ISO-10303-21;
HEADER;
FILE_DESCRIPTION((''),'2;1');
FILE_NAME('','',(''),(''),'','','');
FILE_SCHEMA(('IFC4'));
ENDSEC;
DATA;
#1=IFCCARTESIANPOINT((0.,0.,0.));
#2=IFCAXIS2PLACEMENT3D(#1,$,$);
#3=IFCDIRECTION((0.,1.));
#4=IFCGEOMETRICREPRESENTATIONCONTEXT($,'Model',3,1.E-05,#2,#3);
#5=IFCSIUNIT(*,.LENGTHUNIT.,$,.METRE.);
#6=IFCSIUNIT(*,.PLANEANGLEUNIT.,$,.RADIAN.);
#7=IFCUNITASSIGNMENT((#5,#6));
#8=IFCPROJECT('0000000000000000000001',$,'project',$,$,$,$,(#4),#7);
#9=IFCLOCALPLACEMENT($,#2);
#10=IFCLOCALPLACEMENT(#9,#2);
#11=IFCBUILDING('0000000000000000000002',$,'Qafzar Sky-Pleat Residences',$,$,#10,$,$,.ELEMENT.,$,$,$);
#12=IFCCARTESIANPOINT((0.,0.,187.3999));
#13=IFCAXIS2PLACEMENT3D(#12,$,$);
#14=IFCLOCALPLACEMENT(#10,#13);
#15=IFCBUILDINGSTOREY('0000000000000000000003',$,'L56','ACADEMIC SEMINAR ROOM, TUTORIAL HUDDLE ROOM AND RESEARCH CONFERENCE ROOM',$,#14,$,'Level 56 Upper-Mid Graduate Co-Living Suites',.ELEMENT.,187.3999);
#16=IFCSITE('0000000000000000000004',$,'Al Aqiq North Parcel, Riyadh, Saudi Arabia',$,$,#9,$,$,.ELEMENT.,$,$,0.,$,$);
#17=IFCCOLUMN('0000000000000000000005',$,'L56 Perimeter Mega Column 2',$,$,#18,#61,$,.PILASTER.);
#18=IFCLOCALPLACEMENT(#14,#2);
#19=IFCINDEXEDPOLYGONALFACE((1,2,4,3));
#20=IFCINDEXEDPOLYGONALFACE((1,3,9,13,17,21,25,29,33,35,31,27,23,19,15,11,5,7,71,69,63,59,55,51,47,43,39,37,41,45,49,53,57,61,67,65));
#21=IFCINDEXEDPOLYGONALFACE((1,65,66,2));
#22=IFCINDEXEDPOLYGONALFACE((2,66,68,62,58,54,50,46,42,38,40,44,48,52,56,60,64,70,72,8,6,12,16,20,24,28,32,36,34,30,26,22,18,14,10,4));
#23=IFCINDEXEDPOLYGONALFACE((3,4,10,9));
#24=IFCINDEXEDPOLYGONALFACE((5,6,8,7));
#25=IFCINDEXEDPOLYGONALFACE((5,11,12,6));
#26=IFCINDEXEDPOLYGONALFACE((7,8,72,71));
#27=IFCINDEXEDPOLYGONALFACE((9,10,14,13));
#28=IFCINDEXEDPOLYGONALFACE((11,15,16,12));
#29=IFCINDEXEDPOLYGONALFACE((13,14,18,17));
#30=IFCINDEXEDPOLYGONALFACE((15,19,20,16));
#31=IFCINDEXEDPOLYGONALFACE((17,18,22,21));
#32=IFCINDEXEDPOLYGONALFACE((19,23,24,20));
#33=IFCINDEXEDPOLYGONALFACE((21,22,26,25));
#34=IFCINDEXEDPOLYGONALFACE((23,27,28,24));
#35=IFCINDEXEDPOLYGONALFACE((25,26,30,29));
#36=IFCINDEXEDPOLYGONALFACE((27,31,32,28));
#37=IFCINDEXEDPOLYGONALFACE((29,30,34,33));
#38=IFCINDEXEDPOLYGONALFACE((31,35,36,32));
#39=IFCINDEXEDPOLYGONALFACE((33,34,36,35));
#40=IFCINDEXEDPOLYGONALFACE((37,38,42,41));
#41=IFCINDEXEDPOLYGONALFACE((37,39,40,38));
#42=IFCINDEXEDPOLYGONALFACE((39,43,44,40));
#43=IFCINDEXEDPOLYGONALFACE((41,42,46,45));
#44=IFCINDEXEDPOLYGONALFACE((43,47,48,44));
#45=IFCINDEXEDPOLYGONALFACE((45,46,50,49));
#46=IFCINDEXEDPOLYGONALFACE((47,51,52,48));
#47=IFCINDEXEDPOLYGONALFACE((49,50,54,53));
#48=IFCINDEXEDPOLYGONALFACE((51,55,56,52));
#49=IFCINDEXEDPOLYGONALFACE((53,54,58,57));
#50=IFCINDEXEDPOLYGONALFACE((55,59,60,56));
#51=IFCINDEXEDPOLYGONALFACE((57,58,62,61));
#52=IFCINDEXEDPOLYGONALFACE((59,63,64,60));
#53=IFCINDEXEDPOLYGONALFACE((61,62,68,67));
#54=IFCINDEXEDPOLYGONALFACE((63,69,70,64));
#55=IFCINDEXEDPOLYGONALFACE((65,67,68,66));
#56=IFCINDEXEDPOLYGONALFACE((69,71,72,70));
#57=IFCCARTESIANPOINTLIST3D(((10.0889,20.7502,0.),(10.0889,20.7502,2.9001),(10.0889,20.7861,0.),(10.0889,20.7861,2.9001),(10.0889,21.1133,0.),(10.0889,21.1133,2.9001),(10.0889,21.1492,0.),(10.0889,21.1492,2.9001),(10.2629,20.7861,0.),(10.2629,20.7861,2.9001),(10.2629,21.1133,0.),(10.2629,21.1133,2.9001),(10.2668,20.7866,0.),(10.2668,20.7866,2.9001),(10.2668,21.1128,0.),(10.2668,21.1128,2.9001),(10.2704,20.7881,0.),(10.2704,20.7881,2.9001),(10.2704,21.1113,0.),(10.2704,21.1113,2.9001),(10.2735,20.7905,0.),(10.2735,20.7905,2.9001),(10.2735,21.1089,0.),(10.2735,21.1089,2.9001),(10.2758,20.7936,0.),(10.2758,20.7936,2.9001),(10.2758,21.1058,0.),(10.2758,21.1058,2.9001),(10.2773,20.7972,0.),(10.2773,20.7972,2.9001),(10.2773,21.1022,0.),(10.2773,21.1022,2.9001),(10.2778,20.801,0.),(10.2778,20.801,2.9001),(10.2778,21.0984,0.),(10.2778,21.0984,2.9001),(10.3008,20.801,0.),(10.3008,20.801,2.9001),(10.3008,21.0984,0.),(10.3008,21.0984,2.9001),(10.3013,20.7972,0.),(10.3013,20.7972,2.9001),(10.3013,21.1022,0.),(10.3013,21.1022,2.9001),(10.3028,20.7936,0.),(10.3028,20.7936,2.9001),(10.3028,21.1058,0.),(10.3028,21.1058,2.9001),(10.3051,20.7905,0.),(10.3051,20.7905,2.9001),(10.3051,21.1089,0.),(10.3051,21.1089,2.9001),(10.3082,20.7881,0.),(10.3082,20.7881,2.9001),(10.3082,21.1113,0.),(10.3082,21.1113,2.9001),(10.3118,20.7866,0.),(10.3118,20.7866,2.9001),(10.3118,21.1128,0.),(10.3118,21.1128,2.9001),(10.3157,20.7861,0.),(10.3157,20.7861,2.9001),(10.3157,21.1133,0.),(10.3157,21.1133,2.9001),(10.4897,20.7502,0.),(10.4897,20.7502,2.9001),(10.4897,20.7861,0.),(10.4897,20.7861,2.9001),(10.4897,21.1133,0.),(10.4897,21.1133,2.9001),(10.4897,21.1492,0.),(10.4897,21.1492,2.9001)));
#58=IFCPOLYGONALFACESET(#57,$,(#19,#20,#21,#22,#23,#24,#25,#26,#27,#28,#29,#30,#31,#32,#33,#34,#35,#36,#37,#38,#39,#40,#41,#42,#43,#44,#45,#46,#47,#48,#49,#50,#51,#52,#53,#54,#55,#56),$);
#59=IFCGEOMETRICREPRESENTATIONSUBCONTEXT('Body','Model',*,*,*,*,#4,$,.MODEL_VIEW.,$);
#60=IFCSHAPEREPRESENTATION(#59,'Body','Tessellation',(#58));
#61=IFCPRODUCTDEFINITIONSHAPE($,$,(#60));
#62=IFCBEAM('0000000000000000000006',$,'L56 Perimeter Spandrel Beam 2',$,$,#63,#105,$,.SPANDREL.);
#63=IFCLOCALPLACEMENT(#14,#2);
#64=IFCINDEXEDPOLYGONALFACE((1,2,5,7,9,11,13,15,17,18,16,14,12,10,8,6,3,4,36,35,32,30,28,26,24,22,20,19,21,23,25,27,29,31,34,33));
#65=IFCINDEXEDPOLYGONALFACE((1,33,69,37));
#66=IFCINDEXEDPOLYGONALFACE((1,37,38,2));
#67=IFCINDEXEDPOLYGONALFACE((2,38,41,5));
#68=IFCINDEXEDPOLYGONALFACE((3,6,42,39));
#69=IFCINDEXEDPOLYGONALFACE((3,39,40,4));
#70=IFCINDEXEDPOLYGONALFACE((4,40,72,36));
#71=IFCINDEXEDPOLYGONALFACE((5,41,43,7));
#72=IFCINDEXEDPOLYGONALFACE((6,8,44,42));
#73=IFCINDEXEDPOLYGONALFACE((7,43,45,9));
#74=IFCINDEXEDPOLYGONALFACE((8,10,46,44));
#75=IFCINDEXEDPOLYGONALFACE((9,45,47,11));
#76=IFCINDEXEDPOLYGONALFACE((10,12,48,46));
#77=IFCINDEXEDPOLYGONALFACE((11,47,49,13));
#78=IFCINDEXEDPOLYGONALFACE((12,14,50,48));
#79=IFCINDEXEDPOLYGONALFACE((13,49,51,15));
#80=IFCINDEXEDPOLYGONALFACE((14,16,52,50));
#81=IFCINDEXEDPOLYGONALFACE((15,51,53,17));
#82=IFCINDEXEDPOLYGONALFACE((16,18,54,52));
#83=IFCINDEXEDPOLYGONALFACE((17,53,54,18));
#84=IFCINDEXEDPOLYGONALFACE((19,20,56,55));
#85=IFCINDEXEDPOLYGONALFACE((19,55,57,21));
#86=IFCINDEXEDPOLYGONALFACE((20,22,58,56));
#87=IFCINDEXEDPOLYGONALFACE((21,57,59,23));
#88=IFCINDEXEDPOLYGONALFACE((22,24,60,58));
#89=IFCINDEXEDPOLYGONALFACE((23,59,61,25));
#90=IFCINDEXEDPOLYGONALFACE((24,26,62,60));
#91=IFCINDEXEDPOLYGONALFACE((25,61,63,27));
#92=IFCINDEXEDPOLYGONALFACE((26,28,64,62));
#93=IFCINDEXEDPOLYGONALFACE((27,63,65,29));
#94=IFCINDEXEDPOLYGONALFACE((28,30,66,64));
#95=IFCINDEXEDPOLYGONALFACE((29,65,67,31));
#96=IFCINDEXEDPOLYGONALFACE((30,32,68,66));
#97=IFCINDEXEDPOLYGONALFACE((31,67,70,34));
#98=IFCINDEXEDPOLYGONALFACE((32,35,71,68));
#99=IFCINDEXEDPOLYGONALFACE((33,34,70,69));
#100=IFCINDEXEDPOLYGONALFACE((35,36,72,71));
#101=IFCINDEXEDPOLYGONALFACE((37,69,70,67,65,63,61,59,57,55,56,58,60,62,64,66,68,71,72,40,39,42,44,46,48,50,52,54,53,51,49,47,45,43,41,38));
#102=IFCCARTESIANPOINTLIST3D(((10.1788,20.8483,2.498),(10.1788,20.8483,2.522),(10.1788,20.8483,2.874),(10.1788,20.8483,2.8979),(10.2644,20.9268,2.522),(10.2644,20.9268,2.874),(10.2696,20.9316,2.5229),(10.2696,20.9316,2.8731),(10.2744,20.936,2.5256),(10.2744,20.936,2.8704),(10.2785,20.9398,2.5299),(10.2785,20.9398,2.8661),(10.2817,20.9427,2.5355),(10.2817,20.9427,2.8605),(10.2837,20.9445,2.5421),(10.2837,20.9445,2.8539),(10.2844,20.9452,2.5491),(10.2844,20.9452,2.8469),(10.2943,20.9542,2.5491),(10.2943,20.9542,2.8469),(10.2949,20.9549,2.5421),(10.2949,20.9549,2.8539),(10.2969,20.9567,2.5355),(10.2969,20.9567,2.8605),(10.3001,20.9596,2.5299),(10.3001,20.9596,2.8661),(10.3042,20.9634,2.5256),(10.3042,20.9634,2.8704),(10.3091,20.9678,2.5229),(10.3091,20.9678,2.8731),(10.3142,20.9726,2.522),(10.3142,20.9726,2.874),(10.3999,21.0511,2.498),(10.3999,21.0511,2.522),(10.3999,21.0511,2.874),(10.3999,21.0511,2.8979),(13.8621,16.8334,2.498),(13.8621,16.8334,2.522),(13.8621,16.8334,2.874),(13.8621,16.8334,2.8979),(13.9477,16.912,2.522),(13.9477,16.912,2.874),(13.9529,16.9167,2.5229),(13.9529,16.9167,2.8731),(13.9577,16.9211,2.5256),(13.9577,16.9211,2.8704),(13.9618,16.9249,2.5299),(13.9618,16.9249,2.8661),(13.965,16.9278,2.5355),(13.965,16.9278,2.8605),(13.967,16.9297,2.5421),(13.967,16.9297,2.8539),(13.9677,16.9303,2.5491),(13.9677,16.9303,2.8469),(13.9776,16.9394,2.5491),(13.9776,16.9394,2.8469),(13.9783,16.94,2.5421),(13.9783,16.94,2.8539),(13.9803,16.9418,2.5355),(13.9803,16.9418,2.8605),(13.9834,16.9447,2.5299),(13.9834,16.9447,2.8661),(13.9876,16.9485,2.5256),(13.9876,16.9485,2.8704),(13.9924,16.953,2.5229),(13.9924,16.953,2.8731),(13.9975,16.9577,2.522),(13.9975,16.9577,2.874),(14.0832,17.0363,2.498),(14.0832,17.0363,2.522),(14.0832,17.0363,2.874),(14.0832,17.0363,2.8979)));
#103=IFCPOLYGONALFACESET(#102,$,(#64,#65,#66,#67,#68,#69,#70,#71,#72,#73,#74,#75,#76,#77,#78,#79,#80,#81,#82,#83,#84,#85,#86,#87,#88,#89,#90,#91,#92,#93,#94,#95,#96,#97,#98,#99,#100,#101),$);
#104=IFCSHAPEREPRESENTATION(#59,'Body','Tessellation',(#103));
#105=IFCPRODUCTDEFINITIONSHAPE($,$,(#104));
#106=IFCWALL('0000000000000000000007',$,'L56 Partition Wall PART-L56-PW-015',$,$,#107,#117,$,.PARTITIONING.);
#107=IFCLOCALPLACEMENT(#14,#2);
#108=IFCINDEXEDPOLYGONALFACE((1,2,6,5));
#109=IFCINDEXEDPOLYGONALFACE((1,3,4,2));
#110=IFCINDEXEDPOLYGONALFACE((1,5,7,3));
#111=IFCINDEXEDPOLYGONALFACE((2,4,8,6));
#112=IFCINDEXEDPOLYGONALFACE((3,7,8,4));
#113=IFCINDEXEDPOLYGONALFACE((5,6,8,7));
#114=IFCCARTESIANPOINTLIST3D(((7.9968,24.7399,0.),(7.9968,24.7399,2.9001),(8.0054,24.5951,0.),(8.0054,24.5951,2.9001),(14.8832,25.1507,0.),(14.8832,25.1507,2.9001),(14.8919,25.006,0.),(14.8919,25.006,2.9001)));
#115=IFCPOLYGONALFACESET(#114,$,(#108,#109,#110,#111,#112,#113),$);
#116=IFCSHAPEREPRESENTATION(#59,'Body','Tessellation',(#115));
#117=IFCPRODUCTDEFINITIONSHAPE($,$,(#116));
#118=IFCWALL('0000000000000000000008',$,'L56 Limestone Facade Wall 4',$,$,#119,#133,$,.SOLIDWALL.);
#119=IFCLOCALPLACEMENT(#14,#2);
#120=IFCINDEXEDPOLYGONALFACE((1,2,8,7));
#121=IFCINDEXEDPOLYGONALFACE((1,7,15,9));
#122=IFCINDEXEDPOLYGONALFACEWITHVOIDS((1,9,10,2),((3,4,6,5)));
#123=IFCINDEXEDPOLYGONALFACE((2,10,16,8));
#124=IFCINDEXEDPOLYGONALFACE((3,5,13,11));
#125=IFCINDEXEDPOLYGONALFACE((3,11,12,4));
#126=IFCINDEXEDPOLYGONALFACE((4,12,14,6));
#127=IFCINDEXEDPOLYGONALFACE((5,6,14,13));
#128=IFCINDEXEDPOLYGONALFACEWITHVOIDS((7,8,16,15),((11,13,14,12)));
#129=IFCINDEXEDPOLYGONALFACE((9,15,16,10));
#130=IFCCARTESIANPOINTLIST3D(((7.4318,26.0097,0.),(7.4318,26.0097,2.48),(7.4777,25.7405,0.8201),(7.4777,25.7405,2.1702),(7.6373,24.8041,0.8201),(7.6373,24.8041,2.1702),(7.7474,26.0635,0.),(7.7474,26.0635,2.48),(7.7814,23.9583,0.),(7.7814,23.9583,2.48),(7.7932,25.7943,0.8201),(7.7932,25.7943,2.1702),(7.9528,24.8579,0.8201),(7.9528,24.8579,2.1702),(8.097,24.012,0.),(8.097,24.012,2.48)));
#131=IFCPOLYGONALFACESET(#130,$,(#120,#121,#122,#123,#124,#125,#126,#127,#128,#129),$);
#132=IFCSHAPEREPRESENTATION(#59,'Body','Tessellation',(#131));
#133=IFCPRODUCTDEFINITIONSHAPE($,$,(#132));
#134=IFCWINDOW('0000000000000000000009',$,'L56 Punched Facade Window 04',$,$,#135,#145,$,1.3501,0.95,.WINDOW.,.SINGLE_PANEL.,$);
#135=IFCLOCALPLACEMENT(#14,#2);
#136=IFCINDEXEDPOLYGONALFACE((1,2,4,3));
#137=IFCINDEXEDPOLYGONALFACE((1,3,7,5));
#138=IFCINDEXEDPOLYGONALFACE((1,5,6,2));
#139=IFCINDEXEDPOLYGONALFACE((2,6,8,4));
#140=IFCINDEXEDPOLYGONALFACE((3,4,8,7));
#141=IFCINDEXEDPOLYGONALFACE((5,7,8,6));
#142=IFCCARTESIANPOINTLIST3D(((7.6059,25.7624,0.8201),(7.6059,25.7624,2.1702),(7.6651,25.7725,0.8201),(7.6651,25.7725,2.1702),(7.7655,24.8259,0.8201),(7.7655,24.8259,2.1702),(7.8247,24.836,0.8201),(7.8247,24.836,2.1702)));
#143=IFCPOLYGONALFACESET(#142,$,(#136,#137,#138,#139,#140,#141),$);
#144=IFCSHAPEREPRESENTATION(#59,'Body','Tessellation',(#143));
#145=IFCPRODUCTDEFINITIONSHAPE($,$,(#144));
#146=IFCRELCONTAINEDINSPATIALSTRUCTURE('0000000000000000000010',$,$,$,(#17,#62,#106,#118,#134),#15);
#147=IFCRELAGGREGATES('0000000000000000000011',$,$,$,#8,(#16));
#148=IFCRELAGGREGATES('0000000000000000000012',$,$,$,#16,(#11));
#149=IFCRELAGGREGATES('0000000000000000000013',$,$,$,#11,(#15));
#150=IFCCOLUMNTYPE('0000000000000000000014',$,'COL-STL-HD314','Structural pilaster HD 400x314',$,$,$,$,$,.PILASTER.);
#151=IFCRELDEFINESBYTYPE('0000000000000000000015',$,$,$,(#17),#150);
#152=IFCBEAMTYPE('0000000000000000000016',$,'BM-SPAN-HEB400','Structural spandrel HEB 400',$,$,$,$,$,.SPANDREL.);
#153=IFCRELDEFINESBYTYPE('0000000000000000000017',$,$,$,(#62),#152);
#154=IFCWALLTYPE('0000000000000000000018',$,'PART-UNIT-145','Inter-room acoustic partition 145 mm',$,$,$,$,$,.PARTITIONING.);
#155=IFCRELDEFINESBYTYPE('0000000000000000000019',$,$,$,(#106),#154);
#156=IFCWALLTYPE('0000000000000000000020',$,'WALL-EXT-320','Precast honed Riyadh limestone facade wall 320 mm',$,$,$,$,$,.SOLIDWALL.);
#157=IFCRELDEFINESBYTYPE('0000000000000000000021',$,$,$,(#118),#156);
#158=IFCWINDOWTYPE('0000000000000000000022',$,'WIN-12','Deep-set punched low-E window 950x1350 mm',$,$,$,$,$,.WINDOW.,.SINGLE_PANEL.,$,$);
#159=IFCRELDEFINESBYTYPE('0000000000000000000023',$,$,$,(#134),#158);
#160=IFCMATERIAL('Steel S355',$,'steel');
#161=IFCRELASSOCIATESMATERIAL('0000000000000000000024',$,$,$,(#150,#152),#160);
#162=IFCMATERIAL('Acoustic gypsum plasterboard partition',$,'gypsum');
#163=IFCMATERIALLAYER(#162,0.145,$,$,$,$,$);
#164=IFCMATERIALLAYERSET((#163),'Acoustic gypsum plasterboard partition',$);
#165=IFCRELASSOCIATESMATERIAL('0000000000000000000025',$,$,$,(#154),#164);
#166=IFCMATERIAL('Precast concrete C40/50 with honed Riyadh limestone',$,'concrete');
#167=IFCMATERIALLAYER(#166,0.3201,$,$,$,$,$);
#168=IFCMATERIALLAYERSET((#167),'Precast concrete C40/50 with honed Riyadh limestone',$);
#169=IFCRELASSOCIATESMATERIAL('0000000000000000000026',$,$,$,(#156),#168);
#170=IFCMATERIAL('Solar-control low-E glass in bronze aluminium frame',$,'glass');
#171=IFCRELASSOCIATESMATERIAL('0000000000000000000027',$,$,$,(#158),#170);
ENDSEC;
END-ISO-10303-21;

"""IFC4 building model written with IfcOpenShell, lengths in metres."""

from ifc_helpers import new_model, si_unit, direction, frame, frame_2d, origin, origin_2d, place, context, subcontext, project, spatial, rectangle, i_section, extrude, source, transform, mapped, material, layer, layer_set, material_profile, profile_set, type_object, element, fill, save


model = new_model("IFC4")

# Units and contexts
model_context = context("Model", 3, precision=1e-05, world=origin(), true_north=direction((0.0, 1.0)))
body_context = subcontext(model_context, "Body", "Model", "MODEL_VIEW")
ifc_project = project(units=[si_unit("LENGTHUNIT", "METRE"), si_unit("PLANEANGLEUNIT", "RADIAN")], contexts=[model_context])

# Site, building, storey
site_placement = place(None, origin())
site = spatial("IfcSite", under=ifc_project, at=site_placement, Name="Al Aqiq North Parcel, Riyadh, Saudi Arabia", CompositionType="ELEMENT", RefElevation=0.0)
building_placement = place(site_placement, origin())
building = spatial("IfcBuilding", under=site, at=building_placement, Name="Qafzar Sky-Pleat Residences", CompositionType="ELEMENT")
storey_placement = place(building_placement, frame((0.0, 0.0, 187.3999)))
storey = spatial("IfcBuildingStorey", under=building, at=storey_placement, Name="L56", Description="ACADEMIC SEMINAR ROOM, TUTORIAL HUDDLE ROOM AND RESEARCH CONFERENCE ROOM", LongName="Level 56 Upper-Mid Graduate Co-Living Suites", CompositionType="ELEMENT", Elevation=187.3999)

# Column
ifc_material_1 = material(Name="Steel S355", Category="steel")
ifc_material_profile_1 = material_profile(ifc_material_1, i_section(OverallWidth=0.4009, OverallDepth=0.3989, WebThickness=0.0229, FlangeThickness=0.0359, FilletRadius=0.0149, at=origin_2d()), Name="HD 400x314")
ifc_profile_set_1 = profile_set([ifc_material_profile_1], Name="Steel S355")
column_type = type_object("IfcColumnType", Name="COL-STL-HD314", Description="Structural pilaster HD 400x314", PredefinedType="PILASTER", material=ifc_profile_set_1)
shared_shape_1 = source(origin(), body_context, "Body", "SweptSolid", [
    extrude(i_section(OverallWidth=0.4009, OverallDepth=0.3989, WebThickness=0.0229, FlangeThickness=0.0359, FilletRadius=0.0149, at=origin_2d()), origin(), (0.0, 0.0, 1.0), 2.9001),
])
column_placement = place(storey_placement, frame((10.2893, 20.9497, 0.0), z_axis=(0.0, 0.0, 1.0), x_axis=(1.0, 0.0, 0.0)))
element("IfcColumn", 1, at=column_placement, inside=storey, type_object=column_type, Name="L56 Perimeter Mega Column 2", PredefinedType="PILASTER", context=body_context, shape_type="MappedRepresentation", body=[
    mapped(shared_shape_1, transform((0.0, 0.0, 0.0), x_axis=(1.0, 0.0, 0.0), y_axis=(0.0, 1.0, 0.0), z_axis=(0.0, 0.0, 1.0), scale=1.0)),
])

# Beam
ifc_material_profile_2 = material_profile(ifc_material_1, i_section(OverallWidth=0.3, OverallDepth=0.3999, WebThickness=0.0134, FlangeThickness=0.0239, FilletRadius=0.0271, at=origin_2d()), Name="HEB 400")
ifc_profile_set_2 = profile_set([ifc_material_profile_2], Name="Steel S355")
beam_type = type_object("IfcBeamType", Name="BM-SPAN-HEB400", Description="Structural spandrel HEB 400", PredefinedType="SPANDREL", material=ifc_profile_set_2)
shared_shape_2 = source(origin(), body_context, "Body", "SweptSolid", [
    extrude(i_section(OverallWidth=0.3, OverallDepth=0.3999, WebThickness=0.0134, FlangeThickness=0.0239, FilletRadius=0.0271, at=origin_2d()), origin(), (0.0, 0.0, 1.0), 5.4485),
])
beam_placement = place(storey_placement, frame((10.2893, 20.9497, 2.698), z_axis=(0.676027, -0.736877, 0.0), x_axis=(0.736877, 0.676027, 0.0)))
element("IfcBeam", 2, at=beam_placement, inside=storey, type_object=beam_type, Name="L56 Perimeter Spandrel Beam 2", PredefinedType="SPANDREL", context=body_context, shape_type="MappedRepresentation", body=[
    mapped(shared_shape_2, transform((0.0, 0.0, 0.0), x_axis=(1.0, 0.0, 0.0), y_axis=(0.0, 1.0, 0.0), z_axis=(0.0, 0.0, 1.0), scale=1.0)),
])

# Wall
ifc_material_2 = material(Name="Acoustic gypsum plasterboard partition", Category="gypsum")
ifc_layer_1 = layer(ifc_material_2, 0.145)
ifc_layer_set_1 = layer_set([ifc_layer_1], Name="Acoustic gypsum plasterboard partition")
wall_type_1 = type_object("IfcWallType", Name="PART-UNIT-145", Description="Inter-room acoustic partition 145 mm", PredefinedType="PARTITIONING", material=ifc_layer_set_1)
wall_1_placement = place(storey_placement, frame((8.0012, 24.6675, 0.0), z_axis=(0.0, 0.0, 1.0), x_axis=(0.998225, 0.05956, 0.0)))
element("IfcWall", 3, at=wall_1_placement, inside=storey, type_object=wall_type_1, Name="L56 Partition Wall PART-L56-PW-015", PredefinedType="PARTITIONING", context=body_context, shape_type="SweptSolid", body=[
    extrude(rectangle(XDim=6.8987, YDim=0.145, at=frame_2d((3.4492, 0.0))), origin(), (0.0, 0.0, 1.0), 2.9001),
])

# Wall, opening, window
ifc_material_3 = material(Name="Precast concrete C40/50 with honed Riyadh limestone", Category="concrete")
ifc_layer_2 = layer(ifc_material_3, 0.3201)
ifc_layer_set_2 = layer_set([ifc_layer_2], Name="Precast concrete C40/50 with honed Riyadh limestone")
wall_type_2 = type_object("IfcWallType", Name="WALL-EXT-320", Description="Precast honed Riyadh limestone facade wall 320 mm", PredefinedType="SOLIDWALL", material=ifc_layer_set_2)
wall_2_placement = place(storey_placement, frame((7.5896, 26.0366, 0.0), z_axis=(0.0, 0.0, 1.0), x_axis=(0.167993, -0.985788, 0.0)))
wall_2 = element("IfcWall", 4, at=wall_2_placement, inside=storey, type_object=wall_type_2, Name="L56 Limestone Facade Wall 4", PredefinedType="SOLIDWALL", context=body_context, shape_type="SweptSolid", body=[
    extrude(rectangle(XDim=2.0811, YDim=0.3201, at=frame_2d((1.0405, 0.0))), origin(), (0.0, 0.0, 1.0), 2.48),
])
opening_1_placement = place(wall_2_placement, frame((0.2729, 0.0, 0.8201)))
opening_1 = element("IfcOpeningElement", 5, at=opening_1_placement, cuts=wall_2, PredefinedType="OPENING", context=body_context, shape_type="SweptSolid", body=[
    extrude(rectangle(XDim=0.95, YDim=1.3501, at=frame_2d((0.4751, 0.675))), frame((0.0, 0.1699, 0.0), z_axis=(0.0, -1.0, 0.0), x_axis=(1.0, 0.0, 0.0)), (0.0, 0.0, 1.0), 0.3401),
])
ifc_material_4 = material(Name="Solar-control low-E glass in bronze aluminium frame", Category="glass")
window_type_1 = type_object("IfcWindowType", Name="WIN-12", Description="Deep-set punched low-E window 950x1350 mm", PartitioningType="SINGLE_PANEL", PredefinedType="WINDOW", material=ifc_material_4)
shared_shape_3 = source(origin(), body_context, "Body", "SweptSolid", [
    extrude(rectangle(XDim=0.95, YDim=1.3501, at=frame_2d((0.4751, 0.675))), frame((0.0, 0.03, 0.0), z_axis=(0.0, -1.0, 0.0), x_axis=(1.0, 0.0, 0.0)), (0.0, 0.0, 1.0), 0.0601),
])
window_1_placement = place(opening_1_placement, origin())
window_1 = element("IfcWindow", 6, at=window_1_placement, inside=storey, type_object=window_type_1, Name="L56 Punched Facade Window 04", OverallHeight=1.3501, OverallWidth=0.95, PartitioningType="SINGLE_PANEL", PredefinedType="WINDOW", context=body_context, shape_type="MappedRepresentation", body=[
    mapped(shared_shape_3, transform((0.0, 0.0, 0.0), x_axis=(1.0, 0.0, 0.0), y_axis=(0.0, 1.0, 0.0), z_axis=(0.0, 0.0, 1.0), scale=1.0)),
])
fill(opening_1, window_1)

save(model, "model.ifc")
